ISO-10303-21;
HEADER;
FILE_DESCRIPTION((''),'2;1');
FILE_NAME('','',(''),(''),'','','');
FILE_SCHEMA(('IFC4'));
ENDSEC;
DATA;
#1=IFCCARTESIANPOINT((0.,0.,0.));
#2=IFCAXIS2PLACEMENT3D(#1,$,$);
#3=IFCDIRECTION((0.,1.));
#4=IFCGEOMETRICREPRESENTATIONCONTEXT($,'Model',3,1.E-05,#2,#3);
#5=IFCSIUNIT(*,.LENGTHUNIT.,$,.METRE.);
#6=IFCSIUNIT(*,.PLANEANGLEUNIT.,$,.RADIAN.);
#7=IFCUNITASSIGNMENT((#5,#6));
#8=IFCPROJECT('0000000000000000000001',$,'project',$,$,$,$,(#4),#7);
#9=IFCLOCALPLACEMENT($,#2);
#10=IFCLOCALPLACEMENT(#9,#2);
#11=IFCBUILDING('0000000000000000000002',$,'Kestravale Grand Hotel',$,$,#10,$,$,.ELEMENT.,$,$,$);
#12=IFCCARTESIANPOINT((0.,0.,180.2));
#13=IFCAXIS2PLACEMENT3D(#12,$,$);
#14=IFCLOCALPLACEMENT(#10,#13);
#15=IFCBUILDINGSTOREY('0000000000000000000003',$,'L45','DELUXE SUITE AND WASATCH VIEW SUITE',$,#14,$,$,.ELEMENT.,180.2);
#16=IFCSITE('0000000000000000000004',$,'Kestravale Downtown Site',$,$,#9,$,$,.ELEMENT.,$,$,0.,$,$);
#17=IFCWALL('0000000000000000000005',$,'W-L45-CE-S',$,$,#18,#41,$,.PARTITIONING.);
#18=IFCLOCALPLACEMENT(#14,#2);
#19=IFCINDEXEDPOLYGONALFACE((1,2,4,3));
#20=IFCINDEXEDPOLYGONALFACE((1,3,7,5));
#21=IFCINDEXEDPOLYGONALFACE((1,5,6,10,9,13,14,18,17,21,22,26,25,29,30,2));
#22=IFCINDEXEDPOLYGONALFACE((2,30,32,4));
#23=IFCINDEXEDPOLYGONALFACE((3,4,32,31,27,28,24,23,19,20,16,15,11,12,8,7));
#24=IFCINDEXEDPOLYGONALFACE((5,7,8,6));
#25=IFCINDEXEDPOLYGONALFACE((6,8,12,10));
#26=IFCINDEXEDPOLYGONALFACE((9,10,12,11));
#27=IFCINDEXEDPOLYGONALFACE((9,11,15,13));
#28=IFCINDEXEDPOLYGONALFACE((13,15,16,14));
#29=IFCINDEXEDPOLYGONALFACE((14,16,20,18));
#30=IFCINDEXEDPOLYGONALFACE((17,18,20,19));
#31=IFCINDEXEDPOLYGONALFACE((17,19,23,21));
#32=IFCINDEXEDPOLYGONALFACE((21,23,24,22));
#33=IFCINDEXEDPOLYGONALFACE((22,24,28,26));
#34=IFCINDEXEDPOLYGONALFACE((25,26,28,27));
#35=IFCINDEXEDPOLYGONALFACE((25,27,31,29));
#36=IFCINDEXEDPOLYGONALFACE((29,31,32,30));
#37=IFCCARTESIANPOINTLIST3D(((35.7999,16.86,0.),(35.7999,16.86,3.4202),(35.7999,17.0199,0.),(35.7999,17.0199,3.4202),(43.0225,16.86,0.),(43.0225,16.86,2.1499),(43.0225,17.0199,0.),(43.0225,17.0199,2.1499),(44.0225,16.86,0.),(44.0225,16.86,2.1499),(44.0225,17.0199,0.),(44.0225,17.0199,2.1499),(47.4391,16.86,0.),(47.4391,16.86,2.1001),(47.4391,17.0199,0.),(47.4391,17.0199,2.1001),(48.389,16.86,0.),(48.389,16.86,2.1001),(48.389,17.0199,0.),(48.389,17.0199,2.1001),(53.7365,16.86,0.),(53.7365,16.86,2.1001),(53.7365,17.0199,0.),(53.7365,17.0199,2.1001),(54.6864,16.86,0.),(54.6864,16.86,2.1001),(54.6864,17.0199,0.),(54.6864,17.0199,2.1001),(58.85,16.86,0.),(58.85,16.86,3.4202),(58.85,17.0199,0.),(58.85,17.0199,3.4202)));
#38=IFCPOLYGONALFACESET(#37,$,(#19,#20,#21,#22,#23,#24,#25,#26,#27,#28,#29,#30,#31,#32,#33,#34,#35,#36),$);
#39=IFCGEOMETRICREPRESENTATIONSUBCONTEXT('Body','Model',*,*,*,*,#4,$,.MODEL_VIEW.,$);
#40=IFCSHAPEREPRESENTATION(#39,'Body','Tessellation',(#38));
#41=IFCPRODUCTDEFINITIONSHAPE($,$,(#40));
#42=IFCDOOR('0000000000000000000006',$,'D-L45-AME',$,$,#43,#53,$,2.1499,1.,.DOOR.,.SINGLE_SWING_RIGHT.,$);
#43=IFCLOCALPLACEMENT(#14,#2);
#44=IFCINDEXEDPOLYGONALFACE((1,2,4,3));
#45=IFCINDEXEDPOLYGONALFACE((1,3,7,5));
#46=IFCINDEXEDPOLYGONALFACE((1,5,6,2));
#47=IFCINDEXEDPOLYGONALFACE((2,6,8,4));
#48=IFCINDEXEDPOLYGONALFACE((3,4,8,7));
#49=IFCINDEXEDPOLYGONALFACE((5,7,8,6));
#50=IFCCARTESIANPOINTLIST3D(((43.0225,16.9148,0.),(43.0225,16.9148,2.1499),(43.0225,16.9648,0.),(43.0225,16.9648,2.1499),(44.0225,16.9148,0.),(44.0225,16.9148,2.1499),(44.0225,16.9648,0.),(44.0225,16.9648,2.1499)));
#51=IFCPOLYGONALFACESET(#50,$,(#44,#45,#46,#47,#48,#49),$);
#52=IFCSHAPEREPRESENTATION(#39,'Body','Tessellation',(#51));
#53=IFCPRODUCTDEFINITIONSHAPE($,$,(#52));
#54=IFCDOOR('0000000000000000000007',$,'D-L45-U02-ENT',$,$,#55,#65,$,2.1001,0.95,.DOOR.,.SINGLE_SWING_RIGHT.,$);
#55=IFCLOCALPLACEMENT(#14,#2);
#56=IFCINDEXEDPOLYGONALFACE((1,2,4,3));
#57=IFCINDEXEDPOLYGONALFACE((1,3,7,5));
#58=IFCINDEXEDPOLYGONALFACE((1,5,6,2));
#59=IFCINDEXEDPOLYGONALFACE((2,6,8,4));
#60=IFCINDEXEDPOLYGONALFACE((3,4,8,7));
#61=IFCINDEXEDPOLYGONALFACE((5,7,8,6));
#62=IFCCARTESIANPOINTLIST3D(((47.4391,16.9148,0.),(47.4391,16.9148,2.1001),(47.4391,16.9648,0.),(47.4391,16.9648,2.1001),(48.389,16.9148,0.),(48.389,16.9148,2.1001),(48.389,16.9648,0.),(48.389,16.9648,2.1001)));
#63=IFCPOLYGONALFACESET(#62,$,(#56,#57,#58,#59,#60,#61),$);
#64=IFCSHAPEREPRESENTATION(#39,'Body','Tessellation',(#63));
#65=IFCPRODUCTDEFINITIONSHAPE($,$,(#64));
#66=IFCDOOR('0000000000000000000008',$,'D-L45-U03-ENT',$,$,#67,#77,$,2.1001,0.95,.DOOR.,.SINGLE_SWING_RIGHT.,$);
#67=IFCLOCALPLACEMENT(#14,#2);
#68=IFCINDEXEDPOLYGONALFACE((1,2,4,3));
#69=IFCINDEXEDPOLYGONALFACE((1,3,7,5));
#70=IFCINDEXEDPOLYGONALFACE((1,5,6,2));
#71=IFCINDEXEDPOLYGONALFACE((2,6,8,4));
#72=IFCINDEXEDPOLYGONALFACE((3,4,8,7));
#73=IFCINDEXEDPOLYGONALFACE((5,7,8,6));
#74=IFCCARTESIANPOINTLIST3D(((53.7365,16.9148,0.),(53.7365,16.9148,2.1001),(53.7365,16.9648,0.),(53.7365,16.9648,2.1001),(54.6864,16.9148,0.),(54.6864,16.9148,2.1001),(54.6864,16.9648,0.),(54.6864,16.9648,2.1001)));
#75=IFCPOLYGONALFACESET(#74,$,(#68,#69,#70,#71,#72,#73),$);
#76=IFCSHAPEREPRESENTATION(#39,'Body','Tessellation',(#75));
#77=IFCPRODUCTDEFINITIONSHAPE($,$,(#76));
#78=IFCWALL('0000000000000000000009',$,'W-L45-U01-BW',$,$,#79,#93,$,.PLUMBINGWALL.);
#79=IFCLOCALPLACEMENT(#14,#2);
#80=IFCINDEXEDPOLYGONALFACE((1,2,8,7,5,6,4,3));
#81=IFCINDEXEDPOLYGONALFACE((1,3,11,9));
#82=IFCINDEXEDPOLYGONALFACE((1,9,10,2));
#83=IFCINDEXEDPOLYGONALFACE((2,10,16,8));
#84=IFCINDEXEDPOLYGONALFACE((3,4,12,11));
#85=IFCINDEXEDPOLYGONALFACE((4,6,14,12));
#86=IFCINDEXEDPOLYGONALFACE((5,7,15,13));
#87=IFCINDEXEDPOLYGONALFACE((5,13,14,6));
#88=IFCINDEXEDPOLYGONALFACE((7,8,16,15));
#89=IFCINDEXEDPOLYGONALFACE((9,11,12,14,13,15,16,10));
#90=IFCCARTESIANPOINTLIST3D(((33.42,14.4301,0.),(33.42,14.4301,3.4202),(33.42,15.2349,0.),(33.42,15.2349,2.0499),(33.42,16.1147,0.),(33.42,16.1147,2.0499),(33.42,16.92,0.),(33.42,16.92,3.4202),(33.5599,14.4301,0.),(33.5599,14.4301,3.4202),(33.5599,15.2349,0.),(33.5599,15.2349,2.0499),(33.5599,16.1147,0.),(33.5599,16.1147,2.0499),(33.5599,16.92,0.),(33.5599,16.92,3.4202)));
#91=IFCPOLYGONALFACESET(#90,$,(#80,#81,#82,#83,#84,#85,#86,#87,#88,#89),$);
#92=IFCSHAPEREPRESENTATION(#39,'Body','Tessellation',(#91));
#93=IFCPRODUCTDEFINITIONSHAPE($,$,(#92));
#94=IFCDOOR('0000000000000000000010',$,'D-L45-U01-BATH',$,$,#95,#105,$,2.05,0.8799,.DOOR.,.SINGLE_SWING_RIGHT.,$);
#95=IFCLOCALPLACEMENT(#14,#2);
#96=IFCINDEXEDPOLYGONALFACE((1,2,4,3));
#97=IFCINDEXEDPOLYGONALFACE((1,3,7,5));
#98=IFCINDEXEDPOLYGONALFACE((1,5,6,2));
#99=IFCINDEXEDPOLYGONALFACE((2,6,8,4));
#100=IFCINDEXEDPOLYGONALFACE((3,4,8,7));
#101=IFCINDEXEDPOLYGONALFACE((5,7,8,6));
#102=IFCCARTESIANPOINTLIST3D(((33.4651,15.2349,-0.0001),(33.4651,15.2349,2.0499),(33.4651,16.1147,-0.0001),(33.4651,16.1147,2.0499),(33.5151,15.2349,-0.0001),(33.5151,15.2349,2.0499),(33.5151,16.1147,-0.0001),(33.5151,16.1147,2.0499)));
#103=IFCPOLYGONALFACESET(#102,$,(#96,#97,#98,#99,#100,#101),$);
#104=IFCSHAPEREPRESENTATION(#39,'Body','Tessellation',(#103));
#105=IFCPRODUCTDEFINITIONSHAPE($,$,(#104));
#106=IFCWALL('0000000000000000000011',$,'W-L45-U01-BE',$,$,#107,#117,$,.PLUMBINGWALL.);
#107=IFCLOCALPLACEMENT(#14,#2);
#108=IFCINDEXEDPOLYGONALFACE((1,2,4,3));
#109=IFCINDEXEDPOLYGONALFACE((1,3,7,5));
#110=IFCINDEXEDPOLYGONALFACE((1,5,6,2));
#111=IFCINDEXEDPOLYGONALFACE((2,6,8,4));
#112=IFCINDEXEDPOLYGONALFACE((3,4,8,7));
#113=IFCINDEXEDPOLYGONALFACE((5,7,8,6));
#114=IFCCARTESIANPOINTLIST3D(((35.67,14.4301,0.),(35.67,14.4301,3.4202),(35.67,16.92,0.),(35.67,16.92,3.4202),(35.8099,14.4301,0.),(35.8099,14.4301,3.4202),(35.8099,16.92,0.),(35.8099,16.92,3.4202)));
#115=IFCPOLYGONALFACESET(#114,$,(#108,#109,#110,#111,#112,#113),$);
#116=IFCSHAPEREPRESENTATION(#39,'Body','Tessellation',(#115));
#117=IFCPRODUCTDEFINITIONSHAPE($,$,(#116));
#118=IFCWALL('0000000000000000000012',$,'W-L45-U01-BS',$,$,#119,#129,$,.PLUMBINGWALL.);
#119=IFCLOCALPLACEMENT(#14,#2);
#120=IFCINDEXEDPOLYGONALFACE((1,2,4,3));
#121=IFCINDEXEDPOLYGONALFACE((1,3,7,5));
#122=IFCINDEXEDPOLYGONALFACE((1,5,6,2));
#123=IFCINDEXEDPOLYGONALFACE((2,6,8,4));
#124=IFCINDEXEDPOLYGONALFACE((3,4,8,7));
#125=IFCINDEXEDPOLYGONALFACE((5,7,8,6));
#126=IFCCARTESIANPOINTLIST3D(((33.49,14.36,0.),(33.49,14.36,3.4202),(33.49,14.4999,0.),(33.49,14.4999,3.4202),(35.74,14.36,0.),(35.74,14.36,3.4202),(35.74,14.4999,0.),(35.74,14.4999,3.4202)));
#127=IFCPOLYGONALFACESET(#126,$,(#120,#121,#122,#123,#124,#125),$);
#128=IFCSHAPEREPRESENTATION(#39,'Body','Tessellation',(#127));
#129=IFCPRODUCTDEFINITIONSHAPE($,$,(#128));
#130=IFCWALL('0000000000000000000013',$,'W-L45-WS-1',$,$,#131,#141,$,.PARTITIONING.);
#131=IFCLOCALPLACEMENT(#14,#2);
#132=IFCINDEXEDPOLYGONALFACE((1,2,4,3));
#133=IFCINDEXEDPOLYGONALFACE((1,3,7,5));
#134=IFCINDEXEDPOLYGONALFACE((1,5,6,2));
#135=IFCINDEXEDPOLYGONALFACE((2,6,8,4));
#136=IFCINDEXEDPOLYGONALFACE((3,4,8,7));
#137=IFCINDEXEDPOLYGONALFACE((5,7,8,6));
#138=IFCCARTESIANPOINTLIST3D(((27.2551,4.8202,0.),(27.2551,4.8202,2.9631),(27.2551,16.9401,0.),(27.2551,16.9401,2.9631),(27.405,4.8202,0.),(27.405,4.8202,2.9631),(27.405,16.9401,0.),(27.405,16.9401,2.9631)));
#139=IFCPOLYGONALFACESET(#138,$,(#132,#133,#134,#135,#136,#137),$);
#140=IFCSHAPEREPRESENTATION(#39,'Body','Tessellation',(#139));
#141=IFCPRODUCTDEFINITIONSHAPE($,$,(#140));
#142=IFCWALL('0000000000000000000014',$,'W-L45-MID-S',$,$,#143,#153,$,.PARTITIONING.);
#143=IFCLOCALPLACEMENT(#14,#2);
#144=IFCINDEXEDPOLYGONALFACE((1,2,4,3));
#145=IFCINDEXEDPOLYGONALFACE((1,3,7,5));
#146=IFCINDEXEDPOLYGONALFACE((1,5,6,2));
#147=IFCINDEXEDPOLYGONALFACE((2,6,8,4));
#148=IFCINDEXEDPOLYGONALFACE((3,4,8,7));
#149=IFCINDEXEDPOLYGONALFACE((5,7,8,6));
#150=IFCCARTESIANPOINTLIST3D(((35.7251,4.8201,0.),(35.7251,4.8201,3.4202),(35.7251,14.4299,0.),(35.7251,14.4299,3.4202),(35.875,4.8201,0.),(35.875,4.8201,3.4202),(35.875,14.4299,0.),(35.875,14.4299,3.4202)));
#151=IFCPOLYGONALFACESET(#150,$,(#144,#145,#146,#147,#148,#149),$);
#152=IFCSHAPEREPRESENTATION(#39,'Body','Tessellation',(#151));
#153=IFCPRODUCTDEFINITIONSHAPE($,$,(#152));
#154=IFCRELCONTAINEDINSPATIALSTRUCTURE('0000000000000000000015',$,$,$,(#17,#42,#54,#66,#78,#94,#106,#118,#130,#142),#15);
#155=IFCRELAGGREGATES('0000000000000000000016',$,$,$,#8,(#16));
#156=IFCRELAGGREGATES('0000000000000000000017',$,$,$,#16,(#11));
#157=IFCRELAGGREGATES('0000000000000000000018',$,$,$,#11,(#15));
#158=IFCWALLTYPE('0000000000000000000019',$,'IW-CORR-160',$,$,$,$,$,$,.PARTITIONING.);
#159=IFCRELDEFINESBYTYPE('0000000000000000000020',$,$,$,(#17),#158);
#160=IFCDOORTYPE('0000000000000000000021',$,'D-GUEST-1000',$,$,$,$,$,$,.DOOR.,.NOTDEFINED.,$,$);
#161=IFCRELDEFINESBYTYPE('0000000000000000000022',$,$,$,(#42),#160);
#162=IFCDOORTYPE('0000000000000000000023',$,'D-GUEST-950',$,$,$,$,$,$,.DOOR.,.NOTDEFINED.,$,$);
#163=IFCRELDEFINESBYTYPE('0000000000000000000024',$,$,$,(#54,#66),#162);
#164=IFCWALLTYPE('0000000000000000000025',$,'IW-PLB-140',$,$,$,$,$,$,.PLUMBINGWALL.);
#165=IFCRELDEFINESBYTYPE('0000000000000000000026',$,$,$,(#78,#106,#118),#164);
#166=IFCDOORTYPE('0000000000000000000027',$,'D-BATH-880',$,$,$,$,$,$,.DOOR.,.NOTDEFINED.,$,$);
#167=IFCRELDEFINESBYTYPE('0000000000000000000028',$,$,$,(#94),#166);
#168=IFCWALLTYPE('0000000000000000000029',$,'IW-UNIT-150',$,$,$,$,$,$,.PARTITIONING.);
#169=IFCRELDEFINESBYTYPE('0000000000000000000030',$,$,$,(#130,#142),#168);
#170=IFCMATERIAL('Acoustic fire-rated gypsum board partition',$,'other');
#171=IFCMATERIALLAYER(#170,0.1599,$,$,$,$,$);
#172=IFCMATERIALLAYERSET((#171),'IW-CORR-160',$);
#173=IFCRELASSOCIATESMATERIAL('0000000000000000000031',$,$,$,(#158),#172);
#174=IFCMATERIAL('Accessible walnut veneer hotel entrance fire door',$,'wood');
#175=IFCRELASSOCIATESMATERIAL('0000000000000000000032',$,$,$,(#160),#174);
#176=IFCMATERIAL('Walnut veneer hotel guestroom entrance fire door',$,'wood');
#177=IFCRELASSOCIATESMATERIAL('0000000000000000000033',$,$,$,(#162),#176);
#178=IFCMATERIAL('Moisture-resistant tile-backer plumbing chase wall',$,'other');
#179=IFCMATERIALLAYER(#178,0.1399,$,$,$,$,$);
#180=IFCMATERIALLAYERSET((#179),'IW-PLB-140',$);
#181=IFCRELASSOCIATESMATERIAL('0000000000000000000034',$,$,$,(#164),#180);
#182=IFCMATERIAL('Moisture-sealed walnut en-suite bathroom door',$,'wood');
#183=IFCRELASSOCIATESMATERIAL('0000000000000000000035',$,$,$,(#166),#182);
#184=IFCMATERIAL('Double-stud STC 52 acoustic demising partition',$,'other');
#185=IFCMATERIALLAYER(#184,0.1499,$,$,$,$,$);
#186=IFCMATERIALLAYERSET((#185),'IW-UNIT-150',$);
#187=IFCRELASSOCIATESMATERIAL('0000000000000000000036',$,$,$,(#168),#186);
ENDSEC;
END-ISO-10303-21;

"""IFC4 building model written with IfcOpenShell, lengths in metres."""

from ifc_helpers import new_model, si_unit, direction, frame, frame_2d, origin, place, context, subcontext, project, spatial, rectangle, extrude, material, layer, layer_set, type_object, element, fill, save


model = new_model("IFC4")

# Units and contexts
model_context = context("Model", 3, precision=1e-05, world=origin(), true_north=direction((0.0, 1.0)))
body_context = subcontext(model_context, "Body", "Model", "MODEL_VIEW")
ifc_project = project(units=[si_unit("LENGTHUNIT", "METRE"), si_unit("PLANEANGLEUNIT", "RADIAN")], contexts=[model_context])

# Site, building, storey
site_placement = place(None, origin())
site = spatial("IfcSite", under=ifc_project, at=site_placement, Name="Kestravale Downtown Site", CompositionType="ELEMENT", RefElevation=0.0)
building_placement = place(site_placement, origin())
building = spatial("IfcBuilding", under=site, at=building_placement, Name="Kestravale Grand Hotel", CompositionType="ELEMENT")
storey_placement = place(building_placement, frame((0.0, 0.0, 180.2)))
storey = spatial("IfcBuildingStorey", under=building, at=storey_placement, Name="L45", Description="DELUXE SUITE AND WASATCH VIEW SUITE", CompositionType="ELEMENT", Elevation=180.2)

# Shared definitions
ifc_material_1 = material(Name="Acoustic fire-rated gypsum board partition", Category="other")
ifc_layer_1 = layer(ifc_material_1, 0.1599)
ifc_layer_set_1 = layer_set([ifc_layer_1], Name="IW-CORR-160")
wall_type_1 = type_object("IfcWallType", Name="IW-CORR-160", PredefinedType="PARTITIONING", material=ifc_layer_set_1)
ifc_material_2 = material(Name="Accessible walnut veneer hotel entrance fire door", Category="wood")
door_type_1 = type_object("IfcDoorType", Name="D-GUEST-1000", OperationType="NOTDEFINED", PredefinedType="DOOR", material=ifc_material_2)

# Wall, openings, doors
wall_1_placement = place(storey_placement, frame((35.8, 16.9399, 0.0), z_axis=(0.0, 0.0, 1.0), x_axis=(1.0, 0.0, 0.0)))
wall_1 = element("IfcWall", 1, at=wall_1_placement, inside=storey, type_object=wall_type_1, Name="W-L45-CE-S", PredefinedType="PARTITIONING", context=body_context, shape_type="SweptSolid", body=[
    extrude(rectangle(XDim=23.05, YDim=0.1599, at=frame_2d((11.5249, 0.0))), origin(), (0.0, 0.0, 1.0), 3.4202),
])
opening_1_placement = place(wall_1_placement, frame((7.2224, 0.0, 0.0)))
opening_1 = element("IfcOpeningElement", 2, at=opening_1_placement, cuts=wall_1, PredefinedType="OPENING", context=body_context, shape_type="SweptSolid", body=[
    extrude(rectangle(XDim=1.0, YDim=2.1499, at=frame_2d((0.5, 1.075))), frame((0.0, 0.0898, 0.0), z_axis=(0.0, -1.0, 0.0), x_axis=(1.0, 0.0, 0.0)), (0.0, 0.0, 1.0), 0.1799),
])
opening_2_placement = place(wall_1_placement, frame((11.6389, 0.0, 0.0)))
opening_2 = element("IfcOpeningElement", 3, at=opening_2_placement, cuts=wall_1, PredefinedType="OPENING", context=body_context, shape_type="SweptSolid", body=[
    extrude(rectangle(XDim=0.95, YDim=2.1001, at=frame_2d((0.4751, 1.05))), frame((0.0, 0.0898, 0.0), z_axis=(0.0, -1.0, 0.0), x_axis=(1.0, 0.0, 0.0)), (0.0, 0.0, 1.0), 0.1799),
])
opening_3_placement = place(wall_1_placement, frame((17.9363, 0.0, 0.0)))
opening_3 = element("IfcOpeningElement", 4, at=opening_3_placement, cuts=wall_1, PredefinedType="OPENING", context=body_context, shape_type="SweptSolid", body=[
    extrude(rectangle(XDim=0.95, YDim=2.1001, at=frame_2d((0.4751, 1.05))), frame((0.0, 0.0898, 0.0), z_axis=(0.0, -1.0, 0.0), x_axis=(1.0, 0.0, 0.0)), (0.0, 0.0, 1.0), 0.1799),
])
door_1_placement = place(opening_1_placement, origin())
door_1 = element("IfcDoor", 5, at=door_1_placement, inside=storey, type_object=door_type_1, Name="D-L45-AME", OperationType="SINGLE_SWING_RIGHT", OverallHeight=2.1499, OverallWidth=1.0, PredefinedType="DOOR", context=body_context, shape_type="SweptSolid", body=[
    extrude(rectangle(XDim=1.0, YDim=2.1499, at=frame_2d((0.5, 1.075))), frame((0.0, 0.0249, 0.0), z_axis=(0.0, -1.0, 0.0), x_axis=(1.0, 0.0, 0.0)), (0.0, 0.0, 1.0), 0.05),
])
fill(opening_1, door_1)
ifc_material_3 = material(Name="Walnut veneer hotel guestroom entrance fire door", Category="wood")
door_type_2 = type_object("IfcDoorType", Name="D-GUEST-950", OperationType="NOTDEFINED", PredefinedType="DOOR", material=ifc_material_3)
door_2_placement = place(opening_2_placement, origin())
door_2 = element("IfcDoor", 6, at=door_2_placement, inside=storey, type_object=door_type_2, Name="D-L45-U02-ENT", OperationType="SINGLE_SWING_RIGHT", OverallHeight=2.1001, OverallWidth=0.95, PredefinedType="DOOR", context=body_context, shape_type="SweptSolid", body=[
    extrude(rectangle(XDim=0.95, YDim=2.1001, at=frame_2d((0.4751, 1.05))), frame((0.0, 0.0249, 0.0), z_axis=(0.0, -1.0, 0.0), x_axis=(1.0, 0.0, 0.0)), (0.0, 0.0, 1.0), 0.05),
])
fill(opening_2, door_2)
door_3_placement = place(opening_3_placement, origin())
door_3 = element("IfcDoor", 7, at=door_3_placement, inside=storey, type_object=door_type_2, Name="D-L45-U03-ENT", OperationType="SINGLE_SWING_RIGHT", OverallHeight=2.1001, OverallWidth=0.95, PredefinedType="DOOR", context=body_context, shape_type="SweptSolid", body=[
    extrude(rectangle(XDim=0.95, YDim=2.1001, at=frame_2d((0.4751, 1.05))), frame((0.0, 0.0249, 0.0), z_axis=(0.0, -1.0, 0.0), x_axis=(1.0, 0.0, 0.0)), (0.0, 0.0, 1.0), 0.05),
])
fill(opening_3, door_3)

# Wall, opening, door
ifc_material_4 = material(Name="Moisture-resistant tile-backer plumbing chase wall", Category="other")
ifc_layer_2 = layer(ifc_material_4, 0.1399)
ifc_layer_set_2 = layer_set([ifc_layer_2], Name="IW-PLB-140")
wall_type_2 = type_object("IfcWallType", Name="IW-PLB-140", PredefinedType="PLUMBINGWALL", material=ifc_layer_set_2)
wall_2_placement = place(storey_placement, frame((33.49, 14.4299, 0.0), z_axis=(0.0, 0.0, 1.0), x_axis=(0.0, 1.0, 0.0)))
wall_2 = element("IfcWall", 8, at=wall_2_placement, inside=storey, type_object=wall_type_2, Name="W-L45-U01-BW", PredefinedType="PLUMBINGWALL", context=body_context, shape_type="SweptSolid", body=[
    extrude(rectangle(XDim=2.49, YDim=0.1399, at=frame_2d((1.2451, 0.0))), origin(), (0.0, 0.0, 1.0), 3.4202),
])
opening_4_placement = place(wall_2_placement, frame((0.8049, 0.0, 0.0)))
opening_4 = element("IfcOpeningElement", 9, at=opening_4_placement, cuts=wall_2, PredefinedType="OPENING", context=body_context, shape_type="SweptSolid", body=[
    extrude(rectangle(XDim=0.8799, YDim=2.05, at=frame_2d((0.4399, 1.0249))), frame((0.0, 0.0798, 0.0), z_axis=(0.0, -1.0, 0.0), x_axis=(1.0, 0.0, 0.0)), (0.0, 0.0, 1.0), 0.1599),
])
ifc_material_5 = material(Name="Moisture-sealed walnut en-suite bathroom door", Category="wood")
door_type_3 = type_object("IfcDoorType", Name="D-BATH-880", OperationType="NOTDEFINED", PredefinedType="DOOR", material=ifc_material_5)
door_4_placement = place(opening_4_placement, origin())
door_4 = element("IfcDoor", 10, at=door_4_placement, inside=storey, type_object=door_type_3, Name="D-L45-U01-BATH", OperationType="SINGLE_SWING_RIGHT", OverallHeight=2.05, OverallWidth=0.8799, PredefinedType="DOOR", context=body_context, shape_type="SweptSolid", body=[
    extrude(rectangle(XDim=0.8799, YDim=2.05, at=frame_2d((0.4399, 1.0249))), frame((0.0, 0.0249, 0.0), z_axis=(0.0, -1.0, 0.0), x_axis=(1.0, 0.0, 0.0)), (0.0, 0.0, 1.0), 0.05),
])
fill(opening_4, door_4)

# Walls
wall_3_placement = place(storey_placement, frame((35.74, 14.4299, 0.0), z_axis=(0.0, 0.0, 1.0), x_axis=(0.0, 1.0, 0.0)))
element("IfcWall", 11, at=wall_3_placement, inside=storey, type_object=wall_type_2, Name="W-L45-U01-BE", PredefinedType="PLUMBINGWALL", context=body_context, shape_type="SweptSolid", body=[
    extrude(rectangle(XDim=2.49, YDim=0.1399, at=frame_2d((1.2451, 0.0))), origin(), (0.0, 0.0, 1.0), 3.4202),
])
wall_4_placement = place(storey_placement, frame((33.49, 14.4299, 0.0), z_axis=(0.0, 0.0, 1.0), x_axis=(1.0, 0.0, 0.0)))
element("IfcWall", 12, at=wall_4_placement, inside=storey, type_object=wall_type_2, Name="W-L45-U01-BS", PredefinedType="PLUMBINGWALL", context=body_context, shape_type="SweptSolid", body=[
    extrude(rectangle(XDim=2.25, YDim=0.1399, at=frame_2d((1.125, 0.0))), origin(), (0.0, 0.0, 1.0), 3.4202),
])
ifc_material_6 = material(Name="Double-stud STC 52 acoustic demising partition", Category="other")
ifc_layer_3 = layer(ifc_material_6, 0.1499)
ifc_layer_set_3 = layer_set([ifc_layer_3], Name="IW-UNIT-150")
wall_type_3 = type_object("IfcWallType", Name="IW-UNIT-150", PredefinedType="PARTITIONING", material=ifc_layer_set_3)
wall_5_placement = place(storey_placement, frame((27.3301, 4.8201, 0.0), z_axis=(0.0, 0.0, 1.0), x_axis=(0.0, 1.0, 0.0)))
element("IfcWall", 13, at=wall_5_placement, inside=storey, type_object=wall_type_3, Name="W-L45-WS-1", PredefinedType="PARTITIONING", context=body_context, shape_type="SweptSolid", body=[
    extrude(rectangle(XDim=12.1199, YDim=0.1499, at=frame_2d((6.0601, 0.0))), origin(), (0.0, 0.0, 1.0), 2.9631),
])
wall_6_placement = place(storey_placement, frame((35.8, 4.8201, 0.0), z_axis=(0.0, 0.0, 1.0), x_axis=(0.0, 1.0, 0.0)))
element("IfcWall", 14, at=wall_6_placement, inside=storey, type_object=wall_type_3, Name="W-L45-MID-S", PredefinedType="PARTITIONING", context=body_context, shape_type="SweptSolid", body=[
    extrude(rectangle(XDim=9.6099, YDim=0.1499, at=frame_2d((4.8049, 0.0))), origin(), (0.0, 0.0, 1.0), 3.4202),
])

save(model, "model.ifc")
